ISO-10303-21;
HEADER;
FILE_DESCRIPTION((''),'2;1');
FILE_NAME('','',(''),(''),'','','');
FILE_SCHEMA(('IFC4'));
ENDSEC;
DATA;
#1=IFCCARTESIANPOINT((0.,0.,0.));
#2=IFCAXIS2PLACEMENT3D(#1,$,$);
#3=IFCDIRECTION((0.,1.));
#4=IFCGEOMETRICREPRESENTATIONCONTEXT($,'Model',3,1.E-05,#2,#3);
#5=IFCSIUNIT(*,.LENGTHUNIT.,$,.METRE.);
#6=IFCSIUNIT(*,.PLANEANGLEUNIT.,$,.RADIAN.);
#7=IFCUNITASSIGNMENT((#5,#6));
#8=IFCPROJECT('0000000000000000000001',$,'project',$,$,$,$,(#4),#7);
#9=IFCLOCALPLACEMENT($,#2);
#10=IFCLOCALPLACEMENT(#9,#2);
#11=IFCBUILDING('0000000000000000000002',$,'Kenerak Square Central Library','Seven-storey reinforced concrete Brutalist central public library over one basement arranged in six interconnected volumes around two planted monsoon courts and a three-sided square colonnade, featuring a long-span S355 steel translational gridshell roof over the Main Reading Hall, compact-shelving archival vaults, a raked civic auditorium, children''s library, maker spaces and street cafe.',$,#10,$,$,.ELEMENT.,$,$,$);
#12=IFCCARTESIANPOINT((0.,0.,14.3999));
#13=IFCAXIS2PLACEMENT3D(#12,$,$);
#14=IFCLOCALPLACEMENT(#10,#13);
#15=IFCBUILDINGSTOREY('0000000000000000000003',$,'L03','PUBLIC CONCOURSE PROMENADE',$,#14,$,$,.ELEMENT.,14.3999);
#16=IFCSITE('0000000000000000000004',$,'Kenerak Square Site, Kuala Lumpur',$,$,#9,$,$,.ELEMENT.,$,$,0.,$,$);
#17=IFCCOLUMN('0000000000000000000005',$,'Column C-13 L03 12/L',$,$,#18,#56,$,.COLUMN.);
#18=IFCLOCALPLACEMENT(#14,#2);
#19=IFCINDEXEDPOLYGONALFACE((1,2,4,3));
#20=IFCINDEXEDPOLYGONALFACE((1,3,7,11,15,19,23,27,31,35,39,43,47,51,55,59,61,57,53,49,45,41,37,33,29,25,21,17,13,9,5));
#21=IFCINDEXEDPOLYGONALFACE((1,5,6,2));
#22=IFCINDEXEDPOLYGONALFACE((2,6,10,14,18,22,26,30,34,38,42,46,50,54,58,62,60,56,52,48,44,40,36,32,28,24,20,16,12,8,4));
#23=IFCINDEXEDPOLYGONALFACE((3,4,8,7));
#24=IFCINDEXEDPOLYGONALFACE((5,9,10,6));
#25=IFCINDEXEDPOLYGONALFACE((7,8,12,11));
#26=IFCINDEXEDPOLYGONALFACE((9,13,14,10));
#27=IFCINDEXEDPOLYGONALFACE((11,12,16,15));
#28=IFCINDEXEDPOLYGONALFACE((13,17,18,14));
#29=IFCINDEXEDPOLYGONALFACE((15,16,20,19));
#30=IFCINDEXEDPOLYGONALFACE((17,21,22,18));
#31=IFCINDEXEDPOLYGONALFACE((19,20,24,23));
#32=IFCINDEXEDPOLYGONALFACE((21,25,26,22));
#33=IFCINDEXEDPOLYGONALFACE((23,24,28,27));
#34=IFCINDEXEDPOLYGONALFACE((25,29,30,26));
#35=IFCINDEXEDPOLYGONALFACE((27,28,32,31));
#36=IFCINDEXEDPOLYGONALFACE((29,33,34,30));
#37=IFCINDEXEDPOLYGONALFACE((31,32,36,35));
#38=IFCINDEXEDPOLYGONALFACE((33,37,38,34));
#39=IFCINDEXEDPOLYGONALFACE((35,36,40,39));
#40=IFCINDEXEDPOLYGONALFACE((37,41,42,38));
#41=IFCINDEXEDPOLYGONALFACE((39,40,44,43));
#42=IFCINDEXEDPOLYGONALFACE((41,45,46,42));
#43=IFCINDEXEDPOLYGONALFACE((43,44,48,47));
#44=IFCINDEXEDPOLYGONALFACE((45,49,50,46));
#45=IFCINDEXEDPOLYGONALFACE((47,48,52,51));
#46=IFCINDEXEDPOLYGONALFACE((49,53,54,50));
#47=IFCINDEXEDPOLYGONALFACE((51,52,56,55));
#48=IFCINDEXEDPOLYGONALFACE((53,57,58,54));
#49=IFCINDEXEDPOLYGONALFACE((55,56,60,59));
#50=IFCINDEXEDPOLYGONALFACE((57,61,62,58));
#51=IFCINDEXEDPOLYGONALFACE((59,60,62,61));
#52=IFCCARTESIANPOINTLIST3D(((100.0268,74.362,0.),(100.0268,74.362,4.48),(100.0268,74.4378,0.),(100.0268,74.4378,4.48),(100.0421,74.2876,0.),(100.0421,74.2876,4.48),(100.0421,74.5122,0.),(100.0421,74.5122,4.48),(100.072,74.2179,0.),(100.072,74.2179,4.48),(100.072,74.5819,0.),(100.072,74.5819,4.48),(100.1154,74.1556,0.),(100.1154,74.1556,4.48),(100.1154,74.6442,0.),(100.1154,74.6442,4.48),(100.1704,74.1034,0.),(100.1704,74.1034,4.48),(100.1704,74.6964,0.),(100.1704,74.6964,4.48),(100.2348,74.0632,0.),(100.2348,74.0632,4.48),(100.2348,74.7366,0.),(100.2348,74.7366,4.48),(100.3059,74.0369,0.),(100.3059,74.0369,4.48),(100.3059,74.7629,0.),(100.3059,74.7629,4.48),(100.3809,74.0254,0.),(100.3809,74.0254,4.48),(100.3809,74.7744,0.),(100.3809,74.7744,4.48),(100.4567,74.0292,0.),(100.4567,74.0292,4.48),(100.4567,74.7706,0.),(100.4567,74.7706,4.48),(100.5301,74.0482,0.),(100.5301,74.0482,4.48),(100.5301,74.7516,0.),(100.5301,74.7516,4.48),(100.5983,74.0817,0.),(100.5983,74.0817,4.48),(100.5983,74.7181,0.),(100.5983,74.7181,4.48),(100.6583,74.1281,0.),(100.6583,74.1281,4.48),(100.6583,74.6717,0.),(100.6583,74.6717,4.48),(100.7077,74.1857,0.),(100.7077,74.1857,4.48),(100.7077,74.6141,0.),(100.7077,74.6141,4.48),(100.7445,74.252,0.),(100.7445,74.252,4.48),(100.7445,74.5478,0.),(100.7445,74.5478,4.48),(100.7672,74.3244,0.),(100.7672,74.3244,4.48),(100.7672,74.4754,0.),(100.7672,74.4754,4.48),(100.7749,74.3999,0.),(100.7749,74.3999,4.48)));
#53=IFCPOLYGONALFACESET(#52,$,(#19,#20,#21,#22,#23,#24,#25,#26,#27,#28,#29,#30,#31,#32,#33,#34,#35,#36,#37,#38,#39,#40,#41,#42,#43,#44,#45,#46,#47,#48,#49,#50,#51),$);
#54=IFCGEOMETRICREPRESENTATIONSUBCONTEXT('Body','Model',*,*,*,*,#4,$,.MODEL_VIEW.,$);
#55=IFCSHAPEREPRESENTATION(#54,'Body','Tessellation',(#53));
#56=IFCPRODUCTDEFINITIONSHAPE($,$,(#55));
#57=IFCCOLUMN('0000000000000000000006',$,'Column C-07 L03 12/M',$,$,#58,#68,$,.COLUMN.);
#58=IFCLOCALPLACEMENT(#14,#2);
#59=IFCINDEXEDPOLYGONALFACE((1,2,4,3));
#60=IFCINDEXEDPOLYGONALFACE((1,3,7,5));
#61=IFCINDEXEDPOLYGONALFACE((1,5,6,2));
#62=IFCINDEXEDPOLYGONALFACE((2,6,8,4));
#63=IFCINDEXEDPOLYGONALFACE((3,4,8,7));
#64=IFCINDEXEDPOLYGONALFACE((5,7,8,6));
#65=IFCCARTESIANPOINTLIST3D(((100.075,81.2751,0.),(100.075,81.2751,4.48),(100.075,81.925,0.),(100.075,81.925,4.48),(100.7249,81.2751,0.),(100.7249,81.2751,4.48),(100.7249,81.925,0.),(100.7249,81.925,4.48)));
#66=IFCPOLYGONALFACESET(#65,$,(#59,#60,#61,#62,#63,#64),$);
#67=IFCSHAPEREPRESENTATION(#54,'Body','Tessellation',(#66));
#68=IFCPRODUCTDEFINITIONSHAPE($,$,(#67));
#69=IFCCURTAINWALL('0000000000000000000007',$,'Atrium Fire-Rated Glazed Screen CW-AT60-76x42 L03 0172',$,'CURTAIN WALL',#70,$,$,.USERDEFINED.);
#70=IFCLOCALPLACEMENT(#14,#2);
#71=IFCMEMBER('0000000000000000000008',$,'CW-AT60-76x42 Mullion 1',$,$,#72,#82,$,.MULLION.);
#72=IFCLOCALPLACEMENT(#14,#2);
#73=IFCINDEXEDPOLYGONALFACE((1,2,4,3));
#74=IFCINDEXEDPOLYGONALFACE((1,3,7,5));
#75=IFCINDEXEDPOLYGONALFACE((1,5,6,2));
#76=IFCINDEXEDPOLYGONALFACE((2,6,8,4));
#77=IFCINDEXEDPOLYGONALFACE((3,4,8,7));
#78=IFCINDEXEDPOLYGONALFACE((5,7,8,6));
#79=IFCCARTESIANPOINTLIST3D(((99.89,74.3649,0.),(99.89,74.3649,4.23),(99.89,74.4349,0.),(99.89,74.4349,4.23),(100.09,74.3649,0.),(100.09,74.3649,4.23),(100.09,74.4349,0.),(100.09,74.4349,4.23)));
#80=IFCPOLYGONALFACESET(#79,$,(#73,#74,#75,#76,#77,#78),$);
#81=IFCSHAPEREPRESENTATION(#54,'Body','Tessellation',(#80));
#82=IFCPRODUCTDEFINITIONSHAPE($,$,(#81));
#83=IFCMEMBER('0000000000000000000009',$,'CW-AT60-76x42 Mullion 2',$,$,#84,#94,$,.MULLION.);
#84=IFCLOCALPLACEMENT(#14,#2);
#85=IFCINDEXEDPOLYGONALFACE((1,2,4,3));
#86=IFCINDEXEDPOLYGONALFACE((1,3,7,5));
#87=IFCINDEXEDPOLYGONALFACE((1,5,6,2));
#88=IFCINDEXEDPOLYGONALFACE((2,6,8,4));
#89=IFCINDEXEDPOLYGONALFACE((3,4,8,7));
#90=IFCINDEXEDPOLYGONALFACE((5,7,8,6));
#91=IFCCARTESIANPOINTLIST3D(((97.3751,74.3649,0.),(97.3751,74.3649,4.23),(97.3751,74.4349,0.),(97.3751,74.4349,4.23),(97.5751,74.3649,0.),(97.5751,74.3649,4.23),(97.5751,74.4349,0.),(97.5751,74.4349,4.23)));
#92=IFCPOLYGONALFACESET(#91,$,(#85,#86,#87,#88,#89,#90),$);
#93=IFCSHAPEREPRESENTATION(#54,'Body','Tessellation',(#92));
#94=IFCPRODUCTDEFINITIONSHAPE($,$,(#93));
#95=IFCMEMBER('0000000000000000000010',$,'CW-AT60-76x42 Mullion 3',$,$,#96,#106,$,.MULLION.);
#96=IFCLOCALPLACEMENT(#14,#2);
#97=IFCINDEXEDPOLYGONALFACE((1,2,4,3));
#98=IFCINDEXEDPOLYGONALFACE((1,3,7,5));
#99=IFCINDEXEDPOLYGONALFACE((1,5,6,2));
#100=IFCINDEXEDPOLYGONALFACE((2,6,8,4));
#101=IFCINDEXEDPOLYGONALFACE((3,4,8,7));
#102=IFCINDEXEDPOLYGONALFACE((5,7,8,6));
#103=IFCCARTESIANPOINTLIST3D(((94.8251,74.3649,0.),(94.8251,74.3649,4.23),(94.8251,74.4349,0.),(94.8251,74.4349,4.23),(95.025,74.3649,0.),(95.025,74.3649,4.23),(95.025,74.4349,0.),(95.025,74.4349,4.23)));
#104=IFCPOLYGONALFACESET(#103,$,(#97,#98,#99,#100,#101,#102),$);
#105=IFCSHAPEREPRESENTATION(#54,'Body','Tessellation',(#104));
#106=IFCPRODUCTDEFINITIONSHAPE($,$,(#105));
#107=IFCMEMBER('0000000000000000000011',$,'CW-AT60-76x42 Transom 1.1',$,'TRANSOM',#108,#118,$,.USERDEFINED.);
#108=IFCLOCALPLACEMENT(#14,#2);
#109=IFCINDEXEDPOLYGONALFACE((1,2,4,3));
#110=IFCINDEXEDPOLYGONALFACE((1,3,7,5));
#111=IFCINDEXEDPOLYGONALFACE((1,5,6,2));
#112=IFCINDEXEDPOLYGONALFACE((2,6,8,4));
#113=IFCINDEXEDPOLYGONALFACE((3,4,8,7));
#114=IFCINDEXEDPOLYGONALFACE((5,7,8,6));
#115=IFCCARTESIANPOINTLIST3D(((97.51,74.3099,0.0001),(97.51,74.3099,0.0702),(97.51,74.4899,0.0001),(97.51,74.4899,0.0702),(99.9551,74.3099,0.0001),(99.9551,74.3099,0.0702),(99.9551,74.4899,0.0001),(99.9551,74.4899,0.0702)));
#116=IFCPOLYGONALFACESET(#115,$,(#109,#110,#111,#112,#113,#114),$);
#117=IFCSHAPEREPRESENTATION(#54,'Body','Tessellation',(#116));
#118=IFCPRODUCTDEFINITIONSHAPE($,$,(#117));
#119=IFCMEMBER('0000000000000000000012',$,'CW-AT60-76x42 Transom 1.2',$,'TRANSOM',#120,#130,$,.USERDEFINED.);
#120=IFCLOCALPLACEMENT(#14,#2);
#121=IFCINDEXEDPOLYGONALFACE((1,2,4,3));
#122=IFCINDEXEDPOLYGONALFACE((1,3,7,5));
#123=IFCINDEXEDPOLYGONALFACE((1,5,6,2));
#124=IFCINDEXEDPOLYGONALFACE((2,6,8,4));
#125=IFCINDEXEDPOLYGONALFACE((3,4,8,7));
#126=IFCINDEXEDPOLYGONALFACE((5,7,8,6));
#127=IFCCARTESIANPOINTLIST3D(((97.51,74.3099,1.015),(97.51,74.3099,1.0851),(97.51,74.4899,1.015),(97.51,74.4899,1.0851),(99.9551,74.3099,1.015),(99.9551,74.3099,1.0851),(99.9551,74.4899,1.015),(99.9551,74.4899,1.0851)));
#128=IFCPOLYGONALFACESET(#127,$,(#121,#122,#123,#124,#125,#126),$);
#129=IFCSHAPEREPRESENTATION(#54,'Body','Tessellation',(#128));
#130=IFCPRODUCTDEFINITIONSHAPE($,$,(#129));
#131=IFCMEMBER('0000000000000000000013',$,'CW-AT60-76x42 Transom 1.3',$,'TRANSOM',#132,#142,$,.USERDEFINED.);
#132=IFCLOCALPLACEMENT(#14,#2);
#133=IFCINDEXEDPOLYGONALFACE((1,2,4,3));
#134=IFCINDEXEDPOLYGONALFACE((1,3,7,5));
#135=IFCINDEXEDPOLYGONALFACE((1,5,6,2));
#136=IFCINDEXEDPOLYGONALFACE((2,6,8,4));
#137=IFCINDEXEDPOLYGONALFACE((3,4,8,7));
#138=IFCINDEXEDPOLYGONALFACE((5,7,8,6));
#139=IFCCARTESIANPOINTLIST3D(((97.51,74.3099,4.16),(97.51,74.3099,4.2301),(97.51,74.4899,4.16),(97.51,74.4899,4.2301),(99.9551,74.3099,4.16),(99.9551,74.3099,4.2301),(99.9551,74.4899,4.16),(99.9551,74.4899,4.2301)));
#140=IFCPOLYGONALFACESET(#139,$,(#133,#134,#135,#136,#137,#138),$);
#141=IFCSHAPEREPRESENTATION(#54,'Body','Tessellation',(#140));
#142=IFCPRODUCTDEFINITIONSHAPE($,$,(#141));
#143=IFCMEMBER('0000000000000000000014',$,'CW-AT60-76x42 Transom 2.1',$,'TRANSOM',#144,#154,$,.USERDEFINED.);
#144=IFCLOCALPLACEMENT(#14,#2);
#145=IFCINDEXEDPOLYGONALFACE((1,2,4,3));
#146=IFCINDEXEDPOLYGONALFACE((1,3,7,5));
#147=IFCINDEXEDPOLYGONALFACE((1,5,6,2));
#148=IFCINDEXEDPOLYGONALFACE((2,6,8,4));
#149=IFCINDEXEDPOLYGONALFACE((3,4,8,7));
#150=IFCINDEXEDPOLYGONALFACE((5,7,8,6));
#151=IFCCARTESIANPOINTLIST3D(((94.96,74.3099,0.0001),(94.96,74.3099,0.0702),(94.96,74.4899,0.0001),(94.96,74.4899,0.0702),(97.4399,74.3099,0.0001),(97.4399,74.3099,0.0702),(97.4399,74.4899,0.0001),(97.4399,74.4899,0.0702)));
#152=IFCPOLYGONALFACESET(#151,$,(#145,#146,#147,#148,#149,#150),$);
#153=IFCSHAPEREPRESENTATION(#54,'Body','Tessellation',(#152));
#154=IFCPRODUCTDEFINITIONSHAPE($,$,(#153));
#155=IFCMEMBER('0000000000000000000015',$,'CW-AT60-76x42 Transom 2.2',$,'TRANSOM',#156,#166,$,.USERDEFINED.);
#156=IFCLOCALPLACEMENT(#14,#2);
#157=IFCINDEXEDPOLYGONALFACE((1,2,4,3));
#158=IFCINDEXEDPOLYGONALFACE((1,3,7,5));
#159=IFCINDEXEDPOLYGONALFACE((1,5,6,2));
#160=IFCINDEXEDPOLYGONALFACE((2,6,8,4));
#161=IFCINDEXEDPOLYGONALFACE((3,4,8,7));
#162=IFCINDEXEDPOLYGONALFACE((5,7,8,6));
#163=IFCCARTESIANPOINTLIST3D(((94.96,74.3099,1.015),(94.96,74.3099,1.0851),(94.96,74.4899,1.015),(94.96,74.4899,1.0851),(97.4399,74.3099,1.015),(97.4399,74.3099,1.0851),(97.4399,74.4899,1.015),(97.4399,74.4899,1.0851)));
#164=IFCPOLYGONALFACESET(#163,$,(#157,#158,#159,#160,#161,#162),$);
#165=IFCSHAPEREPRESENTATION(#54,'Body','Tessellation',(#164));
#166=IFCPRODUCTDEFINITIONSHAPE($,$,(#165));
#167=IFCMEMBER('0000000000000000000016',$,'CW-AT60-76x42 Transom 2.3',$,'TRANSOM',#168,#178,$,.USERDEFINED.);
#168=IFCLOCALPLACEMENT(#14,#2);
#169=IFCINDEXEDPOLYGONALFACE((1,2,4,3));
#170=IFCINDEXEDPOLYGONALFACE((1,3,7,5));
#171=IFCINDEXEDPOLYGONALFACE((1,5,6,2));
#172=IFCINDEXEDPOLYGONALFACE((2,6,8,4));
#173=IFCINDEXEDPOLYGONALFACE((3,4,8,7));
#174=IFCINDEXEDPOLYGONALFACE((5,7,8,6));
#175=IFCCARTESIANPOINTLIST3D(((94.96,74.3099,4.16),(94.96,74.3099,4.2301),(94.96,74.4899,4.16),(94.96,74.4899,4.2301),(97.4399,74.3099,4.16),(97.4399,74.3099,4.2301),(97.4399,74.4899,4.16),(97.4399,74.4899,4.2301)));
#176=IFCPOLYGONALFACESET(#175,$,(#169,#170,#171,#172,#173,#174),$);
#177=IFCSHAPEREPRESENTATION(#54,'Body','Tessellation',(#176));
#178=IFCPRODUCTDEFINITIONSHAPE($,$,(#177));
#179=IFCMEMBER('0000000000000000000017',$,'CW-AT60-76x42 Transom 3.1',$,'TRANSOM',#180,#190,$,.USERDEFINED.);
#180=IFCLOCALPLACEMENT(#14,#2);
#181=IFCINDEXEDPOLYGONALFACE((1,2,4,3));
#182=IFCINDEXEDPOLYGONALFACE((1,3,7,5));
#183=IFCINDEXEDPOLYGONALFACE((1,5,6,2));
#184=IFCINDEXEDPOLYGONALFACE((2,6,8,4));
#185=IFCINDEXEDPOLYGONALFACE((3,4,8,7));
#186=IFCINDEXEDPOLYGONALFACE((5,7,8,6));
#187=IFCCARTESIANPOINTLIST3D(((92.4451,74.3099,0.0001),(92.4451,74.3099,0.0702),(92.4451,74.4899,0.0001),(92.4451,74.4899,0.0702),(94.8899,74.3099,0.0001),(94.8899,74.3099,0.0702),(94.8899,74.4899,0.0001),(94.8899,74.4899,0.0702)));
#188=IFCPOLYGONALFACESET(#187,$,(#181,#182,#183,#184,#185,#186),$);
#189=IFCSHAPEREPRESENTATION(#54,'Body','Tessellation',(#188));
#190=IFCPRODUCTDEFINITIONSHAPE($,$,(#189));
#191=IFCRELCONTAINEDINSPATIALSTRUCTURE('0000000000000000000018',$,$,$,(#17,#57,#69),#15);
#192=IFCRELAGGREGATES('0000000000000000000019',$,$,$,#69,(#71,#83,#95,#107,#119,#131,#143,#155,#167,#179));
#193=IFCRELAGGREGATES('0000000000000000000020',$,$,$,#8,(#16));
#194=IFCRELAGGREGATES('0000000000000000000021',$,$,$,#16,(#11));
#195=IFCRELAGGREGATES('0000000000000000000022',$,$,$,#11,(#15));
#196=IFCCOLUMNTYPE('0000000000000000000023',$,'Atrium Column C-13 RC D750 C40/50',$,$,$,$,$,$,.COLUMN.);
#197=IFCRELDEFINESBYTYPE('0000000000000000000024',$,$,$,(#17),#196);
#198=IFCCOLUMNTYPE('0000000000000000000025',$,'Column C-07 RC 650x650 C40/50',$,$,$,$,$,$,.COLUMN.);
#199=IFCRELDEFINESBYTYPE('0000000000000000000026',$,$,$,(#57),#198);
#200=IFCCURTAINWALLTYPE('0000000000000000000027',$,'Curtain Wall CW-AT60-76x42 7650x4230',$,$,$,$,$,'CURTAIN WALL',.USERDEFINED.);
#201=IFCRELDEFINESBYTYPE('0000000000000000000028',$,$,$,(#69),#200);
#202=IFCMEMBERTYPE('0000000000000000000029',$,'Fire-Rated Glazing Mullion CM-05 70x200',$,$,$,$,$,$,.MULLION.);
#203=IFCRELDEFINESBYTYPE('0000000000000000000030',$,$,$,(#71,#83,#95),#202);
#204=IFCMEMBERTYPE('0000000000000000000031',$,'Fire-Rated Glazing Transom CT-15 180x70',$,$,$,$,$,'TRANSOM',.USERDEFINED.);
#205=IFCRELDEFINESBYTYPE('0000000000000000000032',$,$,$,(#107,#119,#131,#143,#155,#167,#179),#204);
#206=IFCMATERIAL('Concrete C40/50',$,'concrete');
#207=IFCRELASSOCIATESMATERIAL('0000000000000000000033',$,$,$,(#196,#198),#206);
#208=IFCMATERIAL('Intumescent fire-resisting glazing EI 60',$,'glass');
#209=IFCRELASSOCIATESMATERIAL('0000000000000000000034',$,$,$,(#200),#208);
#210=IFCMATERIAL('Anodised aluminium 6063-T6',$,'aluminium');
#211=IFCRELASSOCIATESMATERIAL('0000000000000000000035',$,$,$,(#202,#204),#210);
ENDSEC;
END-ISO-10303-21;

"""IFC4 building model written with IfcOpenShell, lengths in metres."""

from ifc_helpers import new_model, si_unit, direction, frame, origin, origin_2d, place, context, subcontext, project, spatial, rectangle, circle, extrude, material, material_profile, profile_set, type_object, element, aggregate, save


model = new_model("IFC4")

# Units and contexts
model_context = context("Model", 3, precision=1e-05, world=origin(), true_north=direction((0.0, 1.0)))
body_context = subcontext(model_context, "Body", "Model", "MODEL_VIEW")
ifc_project = project(units=[si_unit("LENGTHUNIT", "METRE"), si_unit("PLANEANGLEUNIT", "RADIAN")], contexts=[model_context])

# Site, building, storey
site_placement = place(None, origin())
site = spatial("IfcSite", under=ifc_project, at=site_placement, Name="Kenerak Square Site, Kuala Lumpur", CompositionType="ELEMENT", RefElevation=0.0)
building_placement = place(site_placement, origin())
building = spatial("IfcBuilding", under=site, at=building_placement, Name="Kenerak Square Central Library", Description="Seven-storey reinforced concrete Brutalist central public library over one basement arranged in six interconnected volumes around two planted monsoon courts and a three-sided square colonnade, featuring a long-span S355 steel translational gridshell roof over the Main Reading Hall, compact-shelving archival vaults, a raked civic auditorium, children's library, maker spaces and street cafe.", CompositionType="ELEMENT")
storey_placement = place(building_placement, frame((0.0, 0.0, 14.3999)))
storey = spatial("IfcBuildingStorey", under=building, at=storey_placement, Name="L03", Description="PUBLIC CONCOURSE PROMENADE", CompositionType="ELEMENT", Elevation=14.3999)

# Columns
ifc_material_1 = material(Name="Concrete C40/50", Category="concrete")
ifc_material_profile_1 = material_profile(ifc_material_1, circle(Radius=0.375, at=origin_2d()), Name="RC D750")
ifc_profile_set_1 = profile_set([ifc_material_profile_1], Name="Concrete C40/50")
column_type_1 = type_object("IfcColumnType", Name="Atrium Column C-13 RC D750 C40/50", PredefinedType="COLUMN", material=ifc_profile_set_1)
column_1_placement = place(storey_placement, frame((100.3999, 74.3999, 0.0), z_axis=(0.0, 0.0, 1.0), x_axis=(1.0, 0.0, 0.0)))
element("IfcColumn", 1, at=column_1_placement, inside=storey, type_object=column_type_1, Name="Column C-13 L03 12/L", PredefinedType="COLUMN", context=body_context, shape_type="SweptSolid", body=[
    extrude(circle(Radius=0.375, at=origin_2d()), origin(), (0.0, 0.0, 1.0), 4.48),
])
ifc_material_profile_2 = material_profile(ifc_material_1, rectangle(XDim=0.6499, YDim=0.6499, at=origin_2d()), Name="RC 650x650")
ifc_profile_set_2 = profile_set([ifc_material_profile_2], Name="Concrete C40/50")
column_type_2 = type_object("IfcColumnType", Name="Column C-07 RC 650x650 C40/50", PredefinedType="COLUMN", material=ifc_profile_set_2)
column_2_placement = place(storey_placement, frame((100.3999, 81.6001, 0.0), z_axis=(0.0, 0.0, 1.0), x_axis=(1.0, 0.0, 0.0)))
element("IfcColumn", 2, at=column_2_placement, inside=storey, type_object=column_type_2, Name="Column C-07 L03 12/M", PredefinedType="COLUMN", context=body_context, shape_type="SweptSolid", body=[
    extrude(rectangle(XDim=0.6499, YDim=0.6499, at=origin_2d()), origin(), (0.0, 0.0, 1.0), 4.48),
])

# Curtain wall, members
ifc_material_2 = material(Name="Intumescent fire-resisting glazing EI 60", Category="glass")
curtain_wall_type = type_object("IfcCurtainWallType", Name="Curtain Wall CW-AT60-76x42 7650x4230", ElementType="CURTAIN WALL", PredefinedType="USERDEFINED", material=ifc_material_2)
curtain_wall_placement = place(storey_placement, origin())
curtain_wall = element("IfcCurtainWall", 3, at=curtain_wall_placement, inside=storey, type_object=curtain_wall_type, Name="Atrium Fire-Rated Glazed Screen CW-AT60-76x42 L03 0172", ObjectType="CURTAIN WALL", PredefinedType="USERDEFINED")
ifc_material_3 = material(Name="Anodised aluminium 6063-T6", Category="aluminium")
ifc_material_profile_3 = material_profile(ifc_material_3, rectangle(XDim=0.0701, YDim=0.2, at=origin_2d()), Name="AL MULLION 70x200")
ifc_profile_set_3 = profile_set([ifc_material_profile_3], Name="Anodised aluminium 6063-T6")
member_type_1 = type_object("IfcMemberType", Name="Fire-Rated Glazing Mullion CM-05 70x200", PredefinedType="MULLION", material=ifc_profile_set_3)
member_1_placement = place(storey_placement, frame((99.99, 74.3999, 0.0), z_axis=(0.0, 0.0, 1.0), x_axis=(0.0, -1.0, 0.0)))
member_1 = element("IfcMember", 4, at=member_1_placement, type_object=member_type_1, Name="CW-AT60-76x42 Mullion 1", PredefinedType="MULLION", context=body_context, shape_type="SweptSolid", body=[
    extrude(rectangle(XDim=0.0701, YDim=0.2, at=origin_2d()), origin(), (0.0, 0.0, 1.0), 4.23),
])
member_2_placement = place(storey_placement, frame((97.4751, 74.3999, 0.0), z_axis=(0.0, 0.0, 1.0), x_axis=(0.0, -1.0, 0.0)))
member_2 = element("IfcMember", 5, at=member_2_placement, type_object=member_type_1, Name="CW-AT60-76x42 Mullion 2", PredefinedType="MULLION", context=body_context, shape_type="SweptSolid", body=[
    extrude(rectangle(XDim=0.0701, YDim=0.2, at=origin_2d()), origin(), (0.0, 0.0, 1.0), 4.23),
])
member_3_placement = place(storey_placement, frame((94.925, 74.3999, 0.0), z_axis=(0.0, 0.0, 1.0), x_axis=(0.0, -1.0, 0.0)))
member_3 = element("IfcMember", 6, at=member_3_placement, type_object=member_type_1, Name="CW-AT60-76x42 Mullion 3", PredefinedType="MULLION", context=body_context, shape_type="SweptSolid", body=[
    extrude(rectangle(XDim=0.0701, YDim=0.2, at=origin_2d()), origin(), (0.0, 0.0, 1.0), 4.23),
])
ifc_material_profile_4 = material_profile(ifc_material_3, rectangle(XDim=0.1799, YDim=0.0701, at=origin_2d()), Name="AL TRANSOM 180x70")
ifc_profile_set_4 = profile_set([ifc_material_profile_4], Name="Anodised aluminium 6063-T6")
member_type_2 = type_object("IfcMemberType", Name="Fire-Rated Glazing Transom CT-15 180x70", ElementType="TRANSOM", PredefinedType="USERDEFINED", material=ifc_profile_set_4)
member_4_placement = place(storey_placement, frame((99.9551, 74.3999, 0.0352), z_axis=(-1.0, 0.0, 0.0), x_axis=(0.0, -1.0, 0.0)))
member_4 = element("IfcMember", 7, at=member_4_placement, type_object=member_type_2, Name="CW-AT60-76x42 Transom 1.1", ObjectType="TRANSOM", PredefinedType="USERDEFINED", context=body_context, shape_type="SweptSolid", body=[
    extrude(rectangle(XDim=0.1799, YDim=0.0701, at=origin_2d()), origin(), (0.0, 0.0, 1.0), 2.4451),
])
member_5_placement = place(storey_placement, frame((99.9551, 74.3999, 1.05), z_axis=(-1.0, 0.0, 0.0), x_axis=(0.0, -1.0, 0.0)))
member_5 = element("IfcMember", 8, at=member_5_placement, type_object=member_type_2, Name="CW-AT60-76x42 Transom 1.2", ObjectType="TRANSOM", PredefinedType="USERDEFINED", context=body_context, shape_type="SweptSolid", body=[
    extrude(rectangle(XDim=0.1799, YDim=0.0701, at=origin_2d()), origin(), (0.0, 0.0, 1.0), 2.4451),
])
member_6_placement = place(storey_placement, frame((99.9551, 74.3999, 4.1951), z_axis=(-1.0, 0.0, 0.0), x_axis=(0.0, -1.0, 0.0)))
member_6 = element("IfcMember", 9, at=member_6_placement, type_object=member_type_2, Name="CW-AT60-76x42 Transom 1.3", ObjectType="TRANSOM", PredefinedType="USERDEFINED", context=body_context, shape_type="SweptSolid", body=[
    extrude(rectangle(XDim=0.1799, YDim=0.0701, at=origin_2d()), origin(), (0.0, 0.0, 1.0), 2.4451),
])
member_7_placement = place(storey_placement, frame((97.4399, 74.3999, 0.0352), z_axis=(-1.0, 0.0, 0.0), x_axis=(0.0, -1.0, 0.0)))
member_7 = element("IfcMember", 10, at=member_7_placement, type_object=member_type_2, Name="CW-AT60-76x42 Transom 2.1", ObjectType="TRANSOM", PredefinedType="USERDEFINED", context=body_context, shape_type="SweptSolid", body=[
    extrude(rectangle(XDim=0.1799, YDim=0.0701, at=origin_2d()), origin(), (0.0, 0.0, 1.0), 2.48),
])
member_8_placement = place(storey_placement, frame((97.4399, 74.3999, 1.05), z_axis=(-1.0, 0.0, 0.0), x_axis=(0.0, -1.0, 0.0)))
member_8 = element("IfcMember", 11, at=member_8_placement, type_object=member_type_2, Name="CW-AT60-76x42 Transom 2.2", ObjectType="TRANSOM", PredefinedType="USERDEFINED", context=body_context, shape_type="SweptSolid", body=[
    extrude(rectangle(XDim=0.1799, YDim=0.0701, at=origin_2d()), origin(), (0.0, 0.0, 1.0), 2.48),
])
member_9_placement = place(storey_placement, frame((97.4399, 74.3999, 4.1951), z_axis=(-1.0, 0.0, 0.0), x_axis=(0.0, -1.0, 0.0)))
member_9 = element("IfcMember", 12, at=member_9_placement, type_object=member_type_2, Name="CW-AT60-76x42 Transom 2.3", ObjectType="TRANSOM", PredefinedType="USERDEFINED", context=body_context, shape_type="SweptSolid", body=[
    extrude(rectangle(XDim=0.1799, YDim=0.0701, at=origin_2d()), origin(), (0.0, 0.0, 1.0), 2.48),
])
member_10_placement = place(storey_placement, frame((94.8899, 74.3999, 0.0352), z_axis=(-1.0, 0.0, 0.0), x_axis=(0.0, -1.0, 0.0)))
member_10 = element("IfcMember", 13, at=member_10_placement, type_object=member_type_2, Name="CW-AT60-76x42 Transom 3.1", ObjectType="TRANSOM", PredefinedType="USERDEFINED", context=body_context, shape_type="SweptSolid", body=[
    extrude(rectangle(XDim=0.1799, YDim=0.0701, at=origin_2d()), origin(), (0.0, 0.0, 1.0), 2.4448),
])

aggregate(curtain_wall, [member_1, member_2, member_3, member_4, member_5, member_6, member_7, member_8, member_9, member_10])

save(model, "model.ifc")
